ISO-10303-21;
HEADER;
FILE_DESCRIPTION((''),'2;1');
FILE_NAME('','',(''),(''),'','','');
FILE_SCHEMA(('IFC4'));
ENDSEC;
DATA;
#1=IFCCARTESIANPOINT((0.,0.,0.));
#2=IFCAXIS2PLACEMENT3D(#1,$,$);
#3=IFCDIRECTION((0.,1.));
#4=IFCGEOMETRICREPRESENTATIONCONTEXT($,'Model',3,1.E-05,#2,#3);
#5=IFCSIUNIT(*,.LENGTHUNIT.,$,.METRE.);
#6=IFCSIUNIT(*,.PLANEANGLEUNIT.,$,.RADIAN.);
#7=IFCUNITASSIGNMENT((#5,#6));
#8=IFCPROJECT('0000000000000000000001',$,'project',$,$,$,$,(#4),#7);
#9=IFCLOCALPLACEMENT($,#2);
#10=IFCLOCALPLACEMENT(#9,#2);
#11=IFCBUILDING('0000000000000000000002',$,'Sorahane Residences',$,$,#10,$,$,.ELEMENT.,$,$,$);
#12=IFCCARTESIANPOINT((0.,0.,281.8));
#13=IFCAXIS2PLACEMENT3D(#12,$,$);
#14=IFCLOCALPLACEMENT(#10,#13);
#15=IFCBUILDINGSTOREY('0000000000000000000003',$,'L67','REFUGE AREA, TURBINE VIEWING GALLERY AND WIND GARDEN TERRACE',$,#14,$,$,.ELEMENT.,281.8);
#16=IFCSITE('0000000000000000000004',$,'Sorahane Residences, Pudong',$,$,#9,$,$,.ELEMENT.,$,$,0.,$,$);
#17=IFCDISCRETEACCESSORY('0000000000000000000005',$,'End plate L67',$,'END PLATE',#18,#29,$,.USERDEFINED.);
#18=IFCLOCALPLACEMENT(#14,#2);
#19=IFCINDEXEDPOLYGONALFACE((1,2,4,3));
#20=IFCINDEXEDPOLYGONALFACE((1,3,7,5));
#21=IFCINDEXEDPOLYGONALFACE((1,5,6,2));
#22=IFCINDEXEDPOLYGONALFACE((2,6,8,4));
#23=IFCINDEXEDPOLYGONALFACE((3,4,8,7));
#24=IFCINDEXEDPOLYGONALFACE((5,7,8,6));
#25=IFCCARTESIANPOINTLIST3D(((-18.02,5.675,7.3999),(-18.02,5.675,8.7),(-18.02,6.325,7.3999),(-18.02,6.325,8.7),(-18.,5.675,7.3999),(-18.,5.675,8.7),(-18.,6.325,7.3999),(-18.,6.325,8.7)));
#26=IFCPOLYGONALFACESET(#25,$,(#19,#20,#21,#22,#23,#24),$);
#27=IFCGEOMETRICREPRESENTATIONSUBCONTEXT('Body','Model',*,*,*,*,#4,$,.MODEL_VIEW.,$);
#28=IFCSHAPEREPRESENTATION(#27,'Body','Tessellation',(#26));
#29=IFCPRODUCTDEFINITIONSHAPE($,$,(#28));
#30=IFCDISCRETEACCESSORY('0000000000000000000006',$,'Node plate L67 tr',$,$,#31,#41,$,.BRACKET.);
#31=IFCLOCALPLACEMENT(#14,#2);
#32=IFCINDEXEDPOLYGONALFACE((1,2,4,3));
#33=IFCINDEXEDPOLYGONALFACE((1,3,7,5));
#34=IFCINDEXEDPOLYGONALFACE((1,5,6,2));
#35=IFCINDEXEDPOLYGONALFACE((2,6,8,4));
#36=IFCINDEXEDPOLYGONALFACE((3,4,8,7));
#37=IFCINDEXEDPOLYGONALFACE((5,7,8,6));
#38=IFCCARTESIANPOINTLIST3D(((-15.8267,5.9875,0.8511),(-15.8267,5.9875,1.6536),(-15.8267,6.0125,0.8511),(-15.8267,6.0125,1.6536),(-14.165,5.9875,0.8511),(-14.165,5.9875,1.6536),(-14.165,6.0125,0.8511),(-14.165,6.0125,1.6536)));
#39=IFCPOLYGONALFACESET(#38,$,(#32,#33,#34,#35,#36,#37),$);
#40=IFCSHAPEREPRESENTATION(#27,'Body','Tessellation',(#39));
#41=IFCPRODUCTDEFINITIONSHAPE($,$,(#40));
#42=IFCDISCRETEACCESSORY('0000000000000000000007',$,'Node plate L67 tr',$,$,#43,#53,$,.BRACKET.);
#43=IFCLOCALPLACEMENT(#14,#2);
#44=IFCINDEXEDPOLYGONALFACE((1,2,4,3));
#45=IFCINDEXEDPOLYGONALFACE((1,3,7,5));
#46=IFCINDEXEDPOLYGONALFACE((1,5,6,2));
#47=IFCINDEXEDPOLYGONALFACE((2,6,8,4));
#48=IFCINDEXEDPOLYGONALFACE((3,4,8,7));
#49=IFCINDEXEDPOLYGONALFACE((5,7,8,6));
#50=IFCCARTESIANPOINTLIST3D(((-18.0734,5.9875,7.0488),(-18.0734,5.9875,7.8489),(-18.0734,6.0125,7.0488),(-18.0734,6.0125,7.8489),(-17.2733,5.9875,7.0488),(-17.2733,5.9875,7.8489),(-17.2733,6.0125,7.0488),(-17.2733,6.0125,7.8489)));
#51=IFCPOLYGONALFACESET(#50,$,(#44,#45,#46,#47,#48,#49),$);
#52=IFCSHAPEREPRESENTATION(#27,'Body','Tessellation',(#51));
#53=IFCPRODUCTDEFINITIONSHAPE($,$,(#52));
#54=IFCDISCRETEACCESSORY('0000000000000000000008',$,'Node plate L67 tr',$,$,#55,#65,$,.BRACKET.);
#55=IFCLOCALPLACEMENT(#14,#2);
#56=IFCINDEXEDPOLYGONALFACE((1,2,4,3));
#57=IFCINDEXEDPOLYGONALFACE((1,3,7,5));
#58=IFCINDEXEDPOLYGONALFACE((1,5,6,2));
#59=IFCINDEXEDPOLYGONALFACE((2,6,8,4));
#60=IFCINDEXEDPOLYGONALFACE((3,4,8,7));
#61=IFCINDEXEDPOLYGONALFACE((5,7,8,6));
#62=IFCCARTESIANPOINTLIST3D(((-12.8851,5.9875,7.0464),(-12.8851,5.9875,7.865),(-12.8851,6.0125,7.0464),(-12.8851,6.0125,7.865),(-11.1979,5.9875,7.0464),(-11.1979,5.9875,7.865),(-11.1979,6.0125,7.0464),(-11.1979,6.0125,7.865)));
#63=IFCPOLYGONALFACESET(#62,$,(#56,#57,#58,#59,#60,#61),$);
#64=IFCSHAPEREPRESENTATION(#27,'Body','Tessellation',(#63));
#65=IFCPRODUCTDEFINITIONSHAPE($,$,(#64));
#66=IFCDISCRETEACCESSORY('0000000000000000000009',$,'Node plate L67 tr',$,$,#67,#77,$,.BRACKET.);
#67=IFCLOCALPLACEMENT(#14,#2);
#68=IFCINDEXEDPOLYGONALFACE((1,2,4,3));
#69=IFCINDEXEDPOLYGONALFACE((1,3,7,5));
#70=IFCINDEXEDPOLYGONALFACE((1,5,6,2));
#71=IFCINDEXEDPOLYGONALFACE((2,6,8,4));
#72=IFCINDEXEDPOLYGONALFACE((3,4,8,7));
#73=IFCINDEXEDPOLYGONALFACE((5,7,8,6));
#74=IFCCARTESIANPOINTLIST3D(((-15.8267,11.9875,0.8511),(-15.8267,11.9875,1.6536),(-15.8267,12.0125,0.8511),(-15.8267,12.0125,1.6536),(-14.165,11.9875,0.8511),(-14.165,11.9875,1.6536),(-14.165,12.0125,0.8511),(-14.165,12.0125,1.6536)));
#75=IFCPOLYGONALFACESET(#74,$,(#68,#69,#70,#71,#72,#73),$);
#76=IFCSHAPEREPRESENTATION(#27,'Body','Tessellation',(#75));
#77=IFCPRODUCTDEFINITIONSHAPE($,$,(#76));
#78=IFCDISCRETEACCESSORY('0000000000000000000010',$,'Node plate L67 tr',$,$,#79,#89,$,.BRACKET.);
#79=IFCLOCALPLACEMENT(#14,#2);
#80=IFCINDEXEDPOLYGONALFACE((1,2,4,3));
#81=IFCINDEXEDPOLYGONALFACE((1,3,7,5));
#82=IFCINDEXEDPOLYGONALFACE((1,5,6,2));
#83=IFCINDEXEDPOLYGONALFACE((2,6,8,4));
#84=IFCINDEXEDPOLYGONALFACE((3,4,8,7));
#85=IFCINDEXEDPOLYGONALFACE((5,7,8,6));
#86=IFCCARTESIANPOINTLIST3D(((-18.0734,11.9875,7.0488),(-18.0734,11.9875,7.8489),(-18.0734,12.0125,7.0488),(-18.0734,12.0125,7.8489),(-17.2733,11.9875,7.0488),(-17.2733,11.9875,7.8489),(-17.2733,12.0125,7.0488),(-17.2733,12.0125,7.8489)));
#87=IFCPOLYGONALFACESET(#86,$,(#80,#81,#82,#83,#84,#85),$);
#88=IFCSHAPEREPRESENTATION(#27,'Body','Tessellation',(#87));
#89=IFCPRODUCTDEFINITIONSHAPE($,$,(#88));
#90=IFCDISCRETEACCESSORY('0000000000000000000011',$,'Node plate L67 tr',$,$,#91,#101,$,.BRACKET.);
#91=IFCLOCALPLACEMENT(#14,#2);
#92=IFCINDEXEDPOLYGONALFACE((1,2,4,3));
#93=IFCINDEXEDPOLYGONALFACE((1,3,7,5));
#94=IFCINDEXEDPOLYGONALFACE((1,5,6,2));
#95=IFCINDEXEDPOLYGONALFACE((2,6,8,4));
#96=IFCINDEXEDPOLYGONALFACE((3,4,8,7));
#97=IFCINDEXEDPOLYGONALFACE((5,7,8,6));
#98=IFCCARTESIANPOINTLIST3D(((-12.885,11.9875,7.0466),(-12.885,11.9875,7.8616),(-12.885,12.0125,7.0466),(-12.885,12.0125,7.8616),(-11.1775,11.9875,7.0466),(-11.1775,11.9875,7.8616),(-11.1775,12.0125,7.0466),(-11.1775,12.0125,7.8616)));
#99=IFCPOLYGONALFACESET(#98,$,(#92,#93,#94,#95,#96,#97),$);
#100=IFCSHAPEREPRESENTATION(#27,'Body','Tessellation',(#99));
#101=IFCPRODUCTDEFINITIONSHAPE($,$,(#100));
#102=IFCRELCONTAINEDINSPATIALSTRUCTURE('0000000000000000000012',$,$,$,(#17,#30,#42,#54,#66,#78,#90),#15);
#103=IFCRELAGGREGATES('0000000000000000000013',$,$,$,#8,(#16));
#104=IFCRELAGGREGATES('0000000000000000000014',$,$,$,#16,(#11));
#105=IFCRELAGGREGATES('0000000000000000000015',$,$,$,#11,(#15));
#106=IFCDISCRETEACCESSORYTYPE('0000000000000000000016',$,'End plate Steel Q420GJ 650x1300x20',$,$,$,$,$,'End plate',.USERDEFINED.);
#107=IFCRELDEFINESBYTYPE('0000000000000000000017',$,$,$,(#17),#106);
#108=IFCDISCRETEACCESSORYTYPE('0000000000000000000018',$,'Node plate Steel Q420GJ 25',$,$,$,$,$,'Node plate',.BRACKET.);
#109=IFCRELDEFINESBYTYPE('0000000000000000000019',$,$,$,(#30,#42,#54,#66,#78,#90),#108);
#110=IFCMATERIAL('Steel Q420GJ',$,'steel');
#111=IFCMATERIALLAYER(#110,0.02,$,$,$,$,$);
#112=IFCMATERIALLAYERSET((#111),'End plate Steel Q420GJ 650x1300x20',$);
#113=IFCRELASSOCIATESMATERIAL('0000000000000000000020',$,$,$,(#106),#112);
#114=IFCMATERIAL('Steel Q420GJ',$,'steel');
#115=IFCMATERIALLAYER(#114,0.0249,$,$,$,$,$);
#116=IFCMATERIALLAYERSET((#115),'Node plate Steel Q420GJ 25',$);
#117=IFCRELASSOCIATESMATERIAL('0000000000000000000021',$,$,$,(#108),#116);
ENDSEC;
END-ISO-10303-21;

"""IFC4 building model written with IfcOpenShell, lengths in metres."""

from ifc_helpers import new_model, si_unit, direction, frame, origin, origin_2d, place, context, subcontext, project, spatial, rectangle, extrude, material, layer, layer_set, type_object, element, save


model = new_model("IFC4")

# Units and contexts
model_context = context("Model", 3, precision=1e-05, world=origin(), true_north=direction((0.0, 1.0)))
body_context = subcontext(model_context, "Body", "Model", "MODEL_VIEW")
ifc_project = project(units=[si_unit("LENGTHUNIT", "METRE"), si_unit("PLANEANGLEUNIT", "RADIAN")], contexts=[model_context])

# Site, building, storey
site_placement = place(None, origin())
site = spatial("IfcSite", under=ifc_project, at=site_placement, Name="Sorahane Residences, Pudong", CompositionType="ELEMENT", RefElevation=0.0)
building_placement = place(site_placement, origin())
building = spatial("IfcBuilding", under=site, at=building_placement, Name="Sorahane Residences", CompositionType="ELEMENT")
storey_placement = place(building_placement, frame((0.0, 0.0, 281.8)))
storey = spatial("IfcBuildingStorey", under=building, at=storey_placement, Name="L67", Description="REFUGE AREA, TURBINE VIEWING GALLERY AND WIND GARDEN TERRACE", CompositionType="ELEMENT", Elevation=281.8)

# Discrete accessories
ifc_material_1 = material(Name="Steel Q420GJ", Category="steel")
ifc_layer_1 = layer(ifc_material_1, 0.02)
ifc_layer_set_1 = layer_set([ifc_layer_1], Name="End plate Steel Q420GJ 650x1300x20")
discrete_accessory_type_1 = type_object("IfcDiscreteAccessoryType", Name="End plate Steel Q420GJ 650x1300x20", ElementType="End plate", PredefinedType="USERDEFINED", material=ifc_layer_set_1)
for number, where, z_axis, x_axis, name in (
    (1, (-18.01, 6.0, 7.3999), (0.0, 0.0, 1.0), (1.0, 0.0, 0.0), "End plate L67"),
):
    element("IfcDiscreteAccessory", number, at=place(storey_placement, frame(where, z_axis=z_axis, x_axis=x_axis)), inside=storey, type_object=discrete_accessory_type_1, Name=name, ObjectType="END PLATE", PredefinedType="USERDEFINED", context=body_context, shape_type="SweptSolid", body=[
        extrude(rectangle(XDim=0.02, YDim=0.6499, at=origin_2d()), origin(), (0.0, 0.0, 1.0), 1.3),
    ])
ifc_material_2 = material(Name="Steel Q420GJ", Category="steel")
ifc_layer_2 = layer(ifc_material_2, 0.0249)
ifc_layer_set_2 = layer_set([ifc_layer_2], Name="Node plate Steel Q420GJ 25")
discrete_accessory_type_2 = type_object("IfcDiscreteAccessoryType", Name="Node plate Steel Q420GJ 25", ElementType="Node plate", PredefinedType="BRACKET", material=ifc_layer_set_2)
discrete_accessory_1_placement = place(storey_placement, frame((-14.9958, 6.0, 0.8511), z_axis=(0.0, 0.0, 1.0), x_axis=(1.0, 0.0, 0.0)))
element("IfcDiscreteAccessory", 2, at=discrete_accessory_1_placement, inside=storey, type_object=discrete_accessory_type_2, Name="Node plate L67 tr", PredefinedType="BRACKET", context=body_context, shape_type="SweptSolid", body=[
    extrude(rectangle(XDim=1.6616, YDim=0.0249, at=origin_2d()), origin(), (0.0, 0.0, 1.0), 0.8025),
])
discrete_accessory_2_placement = place(storey_placement, frame((-17.6733, 6.0, 7.0488), z_axis=(0.0, 0.0, 1.0), x_axis=(1.0, 0.0, 0.0)))
element("IfcDiscreteAccessory", 3, at=discrete_accessory_2_placement, inside=storey, type_object=discrete_accessory_type_2, Name="Node plate L67 tr", PredefinedType="BRACKET", context=body_context, shape_type="SweptSolid", body=[
    extrude(rectangle(XDim=0.8, YDim=0.0249, at=origin_2d()), origin(), (0.0, 0.0, 1.0), 0.8),
])
discrete_accessory_3_placement = place(storey_placement, frame((-12.0415, 6.0, 7.0464), z_axis=(0.0, 0.0, 1.0), x_axis=(1.0, 0.0, 0.0)))
element("IfcDiscreteAccessory", 4, at=discrete_accessory_3_placement, inside=storey, type_object=discrete_accessory_type_2, Name="Node plate L67 tr", PredefinedType="BRACKET", context=body_context, shape_type="SweptSolid", body=[
    extrude(rectangle(XDim=1.6873, YDim=0.0249, at=origin_2d()), origin(), (0.0, 0.0, 1.0), 0.8186),
])
discrete_accessory_4_placement = place(storey_placement, frame((-14.9958, 12.0, 0.8511), z_axis=(0.0, 0.0, 1.0), x_axis=(1.0, 0.0, 0.0)))
element("IfcDiscreteAccessory", 5, at=discrete_accessory_4_placement, inside=storey, type_object=discrete_accessory_type_2, Name="Node plate L67 tr", PredefinedType="BRACKET", context=body_context, shape_type="SweptSolid", body=[
    extrude(rectangle(XDim=1.6616, YDim=0.0249, at=origin_2d()), origin(), (0.0, 0.0, 1.0), 0.8025),
])
discrete_accessory_5_placement = place(storey_placement, frame((-17.6733, 12.0, 7.0488), z_axis=(0.0, 0.0, 1.0), x_axis=(1.0, 0.0, 0.0)))
element("IfcDiscreteAccessory", 6, at=discrete_accessory_5_placement, inside=storey, type_object=discrete_accessory_type_2, Name="Node plate L67 tr", PredefinedType="BRACKET", context=body_context, shape_type="SweptSolid", body=[
    extrude(rectangle(XDim=0.8, YDim=0.0249, at=origin_2d()), origin(), (0.0, 0.0, 1.0), 0.8),
])
discrete_accessory_6_placement = place(storey_placement, frame((-12.0312, 12.0, 7.0466), z_axis=(0.0, 0.0, 1.0), x_axis=(1.0, 0.0, 0.0)))
element("IfcDiscreteAccessory", 7, at=discrete_accessory_6_placement, inside=storey, type_object=discrete_accessory_type_2, Name="Node plate L67 tr", PredefinedType="BRACKET", context=body_context, shape_type="SweptSolid", body=[
    extrude(rectangle(XDim=1.7075, YDim=0.0249, at=origin_2d()), origin(), (0.0, 0.0, 1.0), 0.8149),
])

save(model, "model.ifc")
